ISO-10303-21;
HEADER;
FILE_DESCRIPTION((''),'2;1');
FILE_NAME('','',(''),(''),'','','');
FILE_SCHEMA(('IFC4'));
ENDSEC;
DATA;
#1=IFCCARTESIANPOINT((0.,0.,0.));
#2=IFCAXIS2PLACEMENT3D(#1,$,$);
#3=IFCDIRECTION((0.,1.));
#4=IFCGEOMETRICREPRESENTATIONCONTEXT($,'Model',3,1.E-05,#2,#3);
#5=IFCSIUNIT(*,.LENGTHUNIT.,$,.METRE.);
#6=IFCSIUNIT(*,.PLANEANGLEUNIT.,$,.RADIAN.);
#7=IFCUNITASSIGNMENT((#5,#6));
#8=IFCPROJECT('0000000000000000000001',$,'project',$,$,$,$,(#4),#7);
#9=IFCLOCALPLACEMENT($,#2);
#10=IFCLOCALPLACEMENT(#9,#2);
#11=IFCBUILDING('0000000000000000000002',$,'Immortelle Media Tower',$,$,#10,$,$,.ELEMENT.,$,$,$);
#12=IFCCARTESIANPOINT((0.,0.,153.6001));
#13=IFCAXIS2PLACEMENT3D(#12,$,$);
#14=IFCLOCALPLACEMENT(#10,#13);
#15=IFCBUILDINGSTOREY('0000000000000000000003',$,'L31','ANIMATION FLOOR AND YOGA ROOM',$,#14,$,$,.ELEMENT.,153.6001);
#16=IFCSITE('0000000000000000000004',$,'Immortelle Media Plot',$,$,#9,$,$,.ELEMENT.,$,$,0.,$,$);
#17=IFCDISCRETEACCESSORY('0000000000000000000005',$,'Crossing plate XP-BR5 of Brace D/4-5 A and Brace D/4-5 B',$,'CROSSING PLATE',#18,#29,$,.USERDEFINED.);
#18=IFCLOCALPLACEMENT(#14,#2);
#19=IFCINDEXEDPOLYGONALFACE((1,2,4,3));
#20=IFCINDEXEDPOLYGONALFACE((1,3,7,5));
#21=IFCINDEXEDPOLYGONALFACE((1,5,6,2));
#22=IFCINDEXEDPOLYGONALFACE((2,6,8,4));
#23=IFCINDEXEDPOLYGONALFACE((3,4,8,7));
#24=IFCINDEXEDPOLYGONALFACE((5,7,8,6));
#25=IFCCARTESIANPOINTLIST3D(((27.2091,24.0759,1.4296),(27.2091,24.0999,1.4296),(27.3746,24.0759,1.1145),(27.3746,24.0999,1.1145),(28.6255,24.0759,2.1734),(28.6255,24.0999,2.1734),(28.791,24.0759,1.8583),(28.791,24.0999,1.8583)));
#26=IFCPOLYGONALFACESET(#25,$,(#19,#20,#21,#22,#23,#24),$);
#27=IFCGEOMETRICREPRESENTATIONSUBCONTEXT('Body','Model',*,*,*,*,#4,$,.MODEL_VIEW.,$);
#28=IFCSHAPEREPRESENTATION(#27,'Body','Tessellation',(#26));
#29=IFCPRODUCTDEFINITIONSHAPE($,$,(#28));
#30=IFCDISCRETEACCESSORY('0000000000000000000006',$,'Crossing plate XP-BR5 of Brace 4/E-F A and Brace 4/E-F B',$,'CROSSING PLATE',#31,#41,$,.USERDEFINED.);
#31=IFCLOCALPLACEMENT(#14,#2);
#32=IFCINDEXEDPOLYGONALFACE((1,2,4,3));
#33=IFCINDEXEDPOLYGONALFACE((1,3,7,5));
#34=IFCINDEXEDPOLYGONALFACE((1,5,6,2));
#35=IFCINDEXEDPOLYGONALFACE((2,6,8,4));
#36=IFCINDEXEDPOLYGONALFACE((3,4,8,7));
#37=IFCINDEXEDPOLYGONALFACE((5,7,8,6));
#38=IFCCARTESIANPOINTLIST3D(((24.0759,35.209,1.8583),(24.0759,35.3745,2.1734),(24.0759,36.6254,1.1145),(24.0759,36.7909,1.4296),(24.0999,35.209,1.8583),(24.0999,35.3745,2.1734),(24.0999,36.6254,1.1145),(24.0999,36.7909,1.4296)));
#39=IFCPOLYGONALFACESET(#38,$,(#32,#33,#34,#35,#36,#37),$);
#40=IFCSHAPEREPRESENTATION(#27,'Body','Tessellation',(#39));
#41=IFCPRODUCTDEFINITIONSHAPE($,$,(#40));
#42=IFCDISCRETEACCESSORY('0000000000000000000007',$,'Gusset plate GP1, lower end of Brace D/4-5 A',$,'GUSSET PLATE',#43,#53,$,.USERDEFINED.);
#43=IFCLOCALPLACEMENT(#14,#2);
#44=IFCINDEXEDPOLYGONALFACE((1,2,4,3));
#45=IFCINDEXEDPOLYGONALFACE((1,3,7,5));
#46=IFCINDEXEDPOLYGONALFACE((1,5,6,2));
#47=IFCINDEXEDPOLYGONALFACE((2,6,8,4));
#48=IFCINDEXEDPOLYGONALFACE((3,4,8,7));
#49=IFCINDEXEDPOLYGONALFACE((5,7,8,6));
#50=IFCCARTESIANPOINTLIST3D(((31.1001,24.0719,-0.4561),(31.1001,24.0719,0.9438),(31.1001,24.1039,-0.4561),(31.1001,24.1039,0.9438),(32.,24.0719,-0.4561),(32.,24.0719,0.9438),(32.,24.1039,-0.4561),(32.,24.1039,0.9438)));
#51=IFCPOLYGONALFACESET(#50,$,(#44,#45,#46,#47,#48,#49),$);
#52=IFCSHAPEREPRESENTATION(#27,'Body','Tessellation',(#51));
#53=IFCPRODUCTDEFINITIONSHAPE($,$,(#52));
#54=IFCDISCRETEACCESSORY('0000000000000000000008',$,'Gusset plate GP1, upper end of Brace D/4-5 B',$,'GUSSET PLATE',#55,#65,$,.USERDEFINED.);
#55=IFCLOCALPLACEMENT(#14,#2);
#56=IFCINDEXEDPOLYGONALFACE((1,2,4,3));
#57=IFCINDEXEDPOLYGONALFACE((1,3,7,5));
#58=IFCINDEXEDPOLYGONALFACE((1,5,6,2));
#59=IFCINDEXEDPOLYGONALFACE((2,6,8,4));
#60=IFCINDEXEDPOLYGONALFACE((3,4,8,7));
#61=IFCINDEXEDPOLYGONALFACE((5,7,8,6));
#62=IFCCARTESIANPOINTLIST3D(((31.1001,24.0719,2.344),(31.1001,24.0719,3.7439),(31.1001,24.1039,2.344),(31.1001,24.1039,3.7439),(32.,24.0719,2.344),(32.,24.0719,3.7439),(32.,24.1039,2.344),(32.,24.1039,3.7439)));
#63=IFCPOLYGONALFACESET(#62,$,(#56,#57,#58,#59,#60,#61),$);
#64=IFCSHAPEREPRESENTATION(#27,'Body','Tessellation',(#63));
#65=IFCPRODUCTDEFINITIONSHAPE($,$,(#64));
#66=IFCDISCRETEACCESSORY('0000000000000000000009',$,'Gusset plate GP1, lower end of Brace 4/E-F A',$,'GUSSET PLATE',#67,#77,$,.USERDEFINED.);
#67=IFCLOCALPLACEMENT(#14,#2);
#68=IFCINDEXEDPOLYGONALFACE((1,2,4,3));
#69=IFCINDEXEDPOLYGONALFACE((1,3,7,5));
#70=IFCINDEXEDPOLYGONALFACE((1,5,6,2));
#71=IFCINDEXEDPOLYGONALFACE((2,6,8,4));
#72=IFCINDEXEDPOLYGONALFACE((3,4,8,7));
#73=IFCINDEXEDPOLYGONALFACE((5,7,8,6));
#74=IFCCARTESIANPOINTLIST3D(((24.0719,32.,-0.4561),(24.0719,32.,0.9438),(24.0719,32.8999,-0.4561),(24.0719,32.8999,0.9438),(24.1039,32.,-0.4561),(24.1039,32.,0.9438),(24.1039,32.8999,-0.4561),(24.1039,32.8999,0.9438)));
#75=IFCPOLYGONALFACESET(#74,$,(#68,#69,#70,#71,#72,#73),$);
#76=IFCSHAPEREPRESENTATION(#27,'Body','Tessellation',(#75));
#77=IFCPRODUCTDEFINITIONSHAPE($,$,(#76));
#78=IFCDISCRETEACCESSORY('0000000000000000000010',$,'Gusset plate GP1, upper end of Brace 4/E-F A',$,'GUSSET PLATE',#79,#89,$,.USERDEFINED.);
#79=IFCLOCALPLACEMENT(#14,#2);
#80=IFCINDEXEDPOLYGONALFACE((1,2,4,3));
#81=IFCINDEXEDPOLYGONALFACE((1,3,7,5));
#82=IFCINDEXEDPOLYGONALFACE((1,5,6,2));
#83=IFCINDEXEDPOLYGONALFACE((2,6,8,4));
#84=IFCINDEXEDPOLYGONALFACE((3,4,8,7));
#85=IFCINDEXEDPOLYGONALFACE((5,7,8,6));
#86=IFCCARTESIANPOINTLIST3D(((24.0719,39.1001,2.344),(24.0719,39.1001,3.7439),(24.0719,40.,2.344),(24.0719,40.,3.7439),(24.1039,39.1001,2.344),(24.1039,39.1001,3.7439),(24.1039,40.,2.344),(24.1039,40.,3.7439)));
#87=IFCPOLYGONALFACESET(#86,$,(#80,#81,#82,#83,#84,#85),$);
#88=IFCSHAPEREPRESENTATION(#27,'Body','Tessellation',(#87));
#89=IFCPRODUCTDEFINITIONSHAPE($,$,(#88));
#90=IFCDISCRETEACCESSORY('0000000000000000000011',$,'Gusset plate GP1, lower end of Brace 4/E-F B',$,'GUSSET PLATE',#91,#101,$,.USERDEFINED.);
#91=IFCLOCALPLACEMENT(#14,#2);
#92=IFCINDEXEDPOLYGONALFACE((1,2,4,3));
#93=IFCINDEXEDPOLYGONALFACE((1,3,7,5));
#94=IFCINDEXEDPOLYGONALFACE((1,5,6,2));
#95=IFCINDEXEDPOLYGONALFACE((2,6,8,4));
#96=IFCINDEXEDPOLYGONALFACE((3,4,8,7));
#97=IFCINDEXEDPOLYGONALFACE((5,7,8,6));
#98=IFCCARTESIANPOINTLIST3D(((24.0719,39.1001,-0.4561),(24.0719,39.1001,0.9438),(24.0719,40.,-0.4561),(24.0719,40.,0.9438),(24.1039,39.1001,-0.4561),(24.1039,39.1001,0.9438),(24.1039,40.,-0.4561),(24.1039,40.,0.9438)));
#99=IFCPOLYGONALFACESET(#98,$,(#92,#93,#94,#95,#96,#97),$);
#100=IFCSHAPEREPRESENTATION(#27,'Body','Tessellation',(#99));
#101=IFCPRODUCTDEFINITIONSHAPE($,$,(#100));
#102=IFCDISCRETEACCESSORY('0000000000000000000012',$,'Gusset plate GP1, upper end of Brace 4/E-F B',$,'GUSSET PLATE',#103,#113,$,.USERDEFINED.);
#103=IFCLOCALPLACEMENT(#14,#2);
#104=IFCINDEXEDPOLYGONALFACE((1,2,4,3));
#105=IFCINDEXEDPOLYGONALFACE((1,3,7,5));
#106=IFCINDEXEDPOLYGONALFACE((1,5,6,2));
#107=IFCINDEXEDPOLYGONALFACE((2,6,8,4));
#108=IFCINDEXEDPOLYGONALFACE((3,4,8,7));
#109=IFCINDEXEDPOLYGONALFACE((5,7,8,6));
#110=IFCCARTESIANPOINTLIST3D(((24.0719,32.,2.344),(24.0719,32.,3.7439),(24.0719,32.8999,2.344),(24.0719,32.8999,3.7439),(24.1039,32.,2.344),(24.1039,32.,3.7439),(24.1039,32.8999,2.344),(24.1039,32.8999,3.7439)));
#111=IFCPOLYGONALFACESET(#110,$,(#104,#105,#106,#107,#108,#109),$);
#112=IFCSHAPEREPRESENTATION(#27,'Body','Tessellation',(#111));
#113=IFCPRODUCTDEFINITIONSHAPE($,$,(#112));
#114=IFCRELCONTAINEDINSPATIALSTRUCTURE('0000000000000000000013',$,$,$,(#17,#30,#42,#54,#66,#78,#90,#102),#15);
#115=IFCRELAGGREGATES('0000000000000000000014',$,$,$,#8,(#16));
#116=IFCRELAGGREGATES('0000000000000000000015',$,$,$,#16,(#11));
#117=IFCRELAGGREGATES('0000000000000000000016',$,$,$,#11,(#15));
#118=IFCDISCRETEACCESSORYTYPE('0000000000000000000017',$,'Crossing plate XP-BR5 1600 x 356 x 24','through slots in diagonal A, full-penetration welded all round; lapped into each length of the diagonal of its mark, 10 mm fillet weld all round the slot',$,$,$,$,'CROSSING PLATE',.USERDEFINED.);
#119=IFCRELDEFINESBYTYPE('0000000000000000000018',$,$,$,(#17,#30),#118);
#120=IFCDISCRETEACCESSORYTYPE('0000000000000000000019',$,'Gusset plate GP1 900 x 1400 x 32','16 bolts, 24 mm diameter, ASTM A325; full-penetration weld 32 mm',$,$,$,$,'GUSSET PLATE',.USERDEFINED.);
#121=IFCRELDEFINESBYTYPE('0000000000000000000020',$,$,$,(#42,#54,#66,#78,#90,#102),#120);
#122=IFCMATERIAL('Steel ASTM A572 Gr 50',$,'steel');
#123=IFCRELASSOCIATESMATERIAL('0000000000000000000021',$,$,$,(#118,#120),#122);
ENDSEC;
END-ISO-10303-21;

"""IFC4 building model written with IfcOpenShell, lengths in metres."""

from ifc_helpers import new_model, si_unit, direction, frame, origin, origin_2d, place, context, subcontext, project, spatial, rectangle, extrude, material, material_profile, profile_set, type_object, element, save


model = new_model("IFC4")

# Units and contexts
model_context = context("Model", 3, precision=1e-05, world=origin(), true_north=direction((0.0, 1.0)))
body_context = subcontext(model_context, "Body", "Model", "MODEL_VIEW")
ifc_project = project(units=[si_unit("LENGTHUNIT", "METRE"), si_unit("PLANEANGLEUNIT", "RADIAN")], contexts=[model_context])

# Site, building, storey
site_placement = place(None, origin())
site = spatial("IfcSite", under=ifc_project, at=site_placement, Name="Immortelle Media Plot", CompositionType="ELEMENT", RefElevation=0.0)
building_placement = place(site_placement, origin())
building = spatial("IfcBuilding", under=site, at=building_placement, Name="Immortelle Media Tower", CompositionType="ELEMENT")
storey_placement = place(building_placement, frame((0.0, 0.0, 153.6001)))
storey = spatial("IfcBuildingStorey", under=building, at=storey_placement, Name="L31", Description="ANIMATION FLOOR AND YOGA ROOM", CompositionType="ELEMENT", Elevation=153.6001)

# Discrete accessories
ifc_material_1 = material(Name="Steel ASTM A572 Gr 50", Category="steel")
ifc_material_profile_1 = material_profile(ifc_material_1, rectangle(XDim=0.0239, YDim=0.356, at=origin_2d()), Name="PL 24 x 356")
ifc_profile_set_1 = profile_set([ifc_material_profile_1], Name="Steel ASTM A572 Gr 50")
discrete_accessory_type_1 = type_object("IfcDiscreteAccessoryType", Name="Crossing plate XP-BR5 1600 x 356 x 24", Description="through slots in diagonal A, full-penetration welded all round; lapped into each length of the diagonal of its mark, 10 mm fillet weld all round the slot", ElementType="CROSSING PLATE", PredefinedType="USERDEFINED", material=ifc_profile_set_1)
for number, where, z_axis, x_axis, name in (
    (1, (28.7083, 24.0879, 2.0159), (-0.885338, 0.0, -0.464948), (0.0, -1.0, 0.0), "Crossing plate XP-BR5 of Brace D/4-5 A and Brace D/4-5 B"),
    (2, (24.0879, 35.2917, 2.0159), (0.0, 0.885338, -0.464948), (-1.0, 0.0, 0.0), "Crossing plate XP-BR5 of Brace 4/E-F A and Brace 4/E-F B"),
):
    element("IfcDiscreteAccessory", number, at=place(storey_placement, frame(where, z_axis=z_axis, x_axis=x_axis)), inside=storey, type_object=discrete_accessory_type_1, Name=name, ObjectType="CROSSING PLATE", PredefinedType="USERDEFINED", context=body_context, shape_type="SweptSolid", body=[
        extrude(rectangle(XDim=0.0239, YDim=0.356, at=origin_2d()), origin(), (0.0, 0.0, 1.0), 1.5999),
    ])
ifc_material_profile_2 = material_profile(ifc_material_1, rectangle(XDim=0.032, YDim=1.3999, at=origin_2d()), Name="PL 32 x 1400")
ifc_profile_set_2 = profile_set([ifc_material_profile_2], Name="Steel ASTM A572 Gr 50")
discrete_accessory_type_2 = type_object("IfcDiscreteAccessoryType", Name="Gusset plate GP1 900 x 1400 x 32", Description="16 bolts, 24 mm diameter, ASTM A325; full-penetration weld 32 mm", ElementType="GUSSET PLATE", PredefinedType="USERDEFINED", material=ifc_profile_set_2)
for number, where, z_axis, x_axis, name in (
    (3, (32.0, 24.0879, 0.2439), (-1.0, 0.0, 0.0), (0.0, -1.0, 0.0), "Gusset plate GP1, lower end of Brace D/4-5 A"),
    (4, (32.0, 24.0879, 3.0439), (-1.0, 0.0, 0.0), (0.0, -1.0, 0.0), "Gusset plate GP1, upper end of Brace D/4-5 B"),
    (5, (24.0879, 32.0, 0.2439), (0.0, 1.0, 0.0), (-1.0, 0.0, 0.0), "Gusset plate GP1, lower end of Brace 4/E-F A"),
    (6, (24.0879, 40.0, 3.0439), (0.0, -1.0, 0.0), (1.0, 0.0, 0.0), "Gusset plate GP1, upper end of Brace 4/E-F A"),
    (7, (24.0879, 40.0, 0.2439), (0.0, -1.0, 0.0), (1.0, 0.0, 0.0), "Gusset plate GP1, lower end of Brace 4/E-F B"),
    (8, (24.0879, 32.0, 3.0439), (0.0, 1.0, 0.0), (-1.0, 0.0, 0.0), "Gusset plate GP1, upper end of Brace 4/E-F B"),
):
    element("IfcDiscreteAccessory", number, at=place(storey_placement, frame(where, z_axis=z_axis, x_axis=x_axis)), inside=storey, type_object=discrete_accessory_type_2, Name=name, ObjectType="GUSSET PLATE", PredefinedType="USERDEFINED", context=body_context, shape_type="SweptSolid", body=[
        extrude(rectangle(XDim=0.032, YDim=1.3999, at=origin_2d()), origin(), (0.0, 0.0, 1.0), 0.8999),
    ])

save(model, "model.ifc")
